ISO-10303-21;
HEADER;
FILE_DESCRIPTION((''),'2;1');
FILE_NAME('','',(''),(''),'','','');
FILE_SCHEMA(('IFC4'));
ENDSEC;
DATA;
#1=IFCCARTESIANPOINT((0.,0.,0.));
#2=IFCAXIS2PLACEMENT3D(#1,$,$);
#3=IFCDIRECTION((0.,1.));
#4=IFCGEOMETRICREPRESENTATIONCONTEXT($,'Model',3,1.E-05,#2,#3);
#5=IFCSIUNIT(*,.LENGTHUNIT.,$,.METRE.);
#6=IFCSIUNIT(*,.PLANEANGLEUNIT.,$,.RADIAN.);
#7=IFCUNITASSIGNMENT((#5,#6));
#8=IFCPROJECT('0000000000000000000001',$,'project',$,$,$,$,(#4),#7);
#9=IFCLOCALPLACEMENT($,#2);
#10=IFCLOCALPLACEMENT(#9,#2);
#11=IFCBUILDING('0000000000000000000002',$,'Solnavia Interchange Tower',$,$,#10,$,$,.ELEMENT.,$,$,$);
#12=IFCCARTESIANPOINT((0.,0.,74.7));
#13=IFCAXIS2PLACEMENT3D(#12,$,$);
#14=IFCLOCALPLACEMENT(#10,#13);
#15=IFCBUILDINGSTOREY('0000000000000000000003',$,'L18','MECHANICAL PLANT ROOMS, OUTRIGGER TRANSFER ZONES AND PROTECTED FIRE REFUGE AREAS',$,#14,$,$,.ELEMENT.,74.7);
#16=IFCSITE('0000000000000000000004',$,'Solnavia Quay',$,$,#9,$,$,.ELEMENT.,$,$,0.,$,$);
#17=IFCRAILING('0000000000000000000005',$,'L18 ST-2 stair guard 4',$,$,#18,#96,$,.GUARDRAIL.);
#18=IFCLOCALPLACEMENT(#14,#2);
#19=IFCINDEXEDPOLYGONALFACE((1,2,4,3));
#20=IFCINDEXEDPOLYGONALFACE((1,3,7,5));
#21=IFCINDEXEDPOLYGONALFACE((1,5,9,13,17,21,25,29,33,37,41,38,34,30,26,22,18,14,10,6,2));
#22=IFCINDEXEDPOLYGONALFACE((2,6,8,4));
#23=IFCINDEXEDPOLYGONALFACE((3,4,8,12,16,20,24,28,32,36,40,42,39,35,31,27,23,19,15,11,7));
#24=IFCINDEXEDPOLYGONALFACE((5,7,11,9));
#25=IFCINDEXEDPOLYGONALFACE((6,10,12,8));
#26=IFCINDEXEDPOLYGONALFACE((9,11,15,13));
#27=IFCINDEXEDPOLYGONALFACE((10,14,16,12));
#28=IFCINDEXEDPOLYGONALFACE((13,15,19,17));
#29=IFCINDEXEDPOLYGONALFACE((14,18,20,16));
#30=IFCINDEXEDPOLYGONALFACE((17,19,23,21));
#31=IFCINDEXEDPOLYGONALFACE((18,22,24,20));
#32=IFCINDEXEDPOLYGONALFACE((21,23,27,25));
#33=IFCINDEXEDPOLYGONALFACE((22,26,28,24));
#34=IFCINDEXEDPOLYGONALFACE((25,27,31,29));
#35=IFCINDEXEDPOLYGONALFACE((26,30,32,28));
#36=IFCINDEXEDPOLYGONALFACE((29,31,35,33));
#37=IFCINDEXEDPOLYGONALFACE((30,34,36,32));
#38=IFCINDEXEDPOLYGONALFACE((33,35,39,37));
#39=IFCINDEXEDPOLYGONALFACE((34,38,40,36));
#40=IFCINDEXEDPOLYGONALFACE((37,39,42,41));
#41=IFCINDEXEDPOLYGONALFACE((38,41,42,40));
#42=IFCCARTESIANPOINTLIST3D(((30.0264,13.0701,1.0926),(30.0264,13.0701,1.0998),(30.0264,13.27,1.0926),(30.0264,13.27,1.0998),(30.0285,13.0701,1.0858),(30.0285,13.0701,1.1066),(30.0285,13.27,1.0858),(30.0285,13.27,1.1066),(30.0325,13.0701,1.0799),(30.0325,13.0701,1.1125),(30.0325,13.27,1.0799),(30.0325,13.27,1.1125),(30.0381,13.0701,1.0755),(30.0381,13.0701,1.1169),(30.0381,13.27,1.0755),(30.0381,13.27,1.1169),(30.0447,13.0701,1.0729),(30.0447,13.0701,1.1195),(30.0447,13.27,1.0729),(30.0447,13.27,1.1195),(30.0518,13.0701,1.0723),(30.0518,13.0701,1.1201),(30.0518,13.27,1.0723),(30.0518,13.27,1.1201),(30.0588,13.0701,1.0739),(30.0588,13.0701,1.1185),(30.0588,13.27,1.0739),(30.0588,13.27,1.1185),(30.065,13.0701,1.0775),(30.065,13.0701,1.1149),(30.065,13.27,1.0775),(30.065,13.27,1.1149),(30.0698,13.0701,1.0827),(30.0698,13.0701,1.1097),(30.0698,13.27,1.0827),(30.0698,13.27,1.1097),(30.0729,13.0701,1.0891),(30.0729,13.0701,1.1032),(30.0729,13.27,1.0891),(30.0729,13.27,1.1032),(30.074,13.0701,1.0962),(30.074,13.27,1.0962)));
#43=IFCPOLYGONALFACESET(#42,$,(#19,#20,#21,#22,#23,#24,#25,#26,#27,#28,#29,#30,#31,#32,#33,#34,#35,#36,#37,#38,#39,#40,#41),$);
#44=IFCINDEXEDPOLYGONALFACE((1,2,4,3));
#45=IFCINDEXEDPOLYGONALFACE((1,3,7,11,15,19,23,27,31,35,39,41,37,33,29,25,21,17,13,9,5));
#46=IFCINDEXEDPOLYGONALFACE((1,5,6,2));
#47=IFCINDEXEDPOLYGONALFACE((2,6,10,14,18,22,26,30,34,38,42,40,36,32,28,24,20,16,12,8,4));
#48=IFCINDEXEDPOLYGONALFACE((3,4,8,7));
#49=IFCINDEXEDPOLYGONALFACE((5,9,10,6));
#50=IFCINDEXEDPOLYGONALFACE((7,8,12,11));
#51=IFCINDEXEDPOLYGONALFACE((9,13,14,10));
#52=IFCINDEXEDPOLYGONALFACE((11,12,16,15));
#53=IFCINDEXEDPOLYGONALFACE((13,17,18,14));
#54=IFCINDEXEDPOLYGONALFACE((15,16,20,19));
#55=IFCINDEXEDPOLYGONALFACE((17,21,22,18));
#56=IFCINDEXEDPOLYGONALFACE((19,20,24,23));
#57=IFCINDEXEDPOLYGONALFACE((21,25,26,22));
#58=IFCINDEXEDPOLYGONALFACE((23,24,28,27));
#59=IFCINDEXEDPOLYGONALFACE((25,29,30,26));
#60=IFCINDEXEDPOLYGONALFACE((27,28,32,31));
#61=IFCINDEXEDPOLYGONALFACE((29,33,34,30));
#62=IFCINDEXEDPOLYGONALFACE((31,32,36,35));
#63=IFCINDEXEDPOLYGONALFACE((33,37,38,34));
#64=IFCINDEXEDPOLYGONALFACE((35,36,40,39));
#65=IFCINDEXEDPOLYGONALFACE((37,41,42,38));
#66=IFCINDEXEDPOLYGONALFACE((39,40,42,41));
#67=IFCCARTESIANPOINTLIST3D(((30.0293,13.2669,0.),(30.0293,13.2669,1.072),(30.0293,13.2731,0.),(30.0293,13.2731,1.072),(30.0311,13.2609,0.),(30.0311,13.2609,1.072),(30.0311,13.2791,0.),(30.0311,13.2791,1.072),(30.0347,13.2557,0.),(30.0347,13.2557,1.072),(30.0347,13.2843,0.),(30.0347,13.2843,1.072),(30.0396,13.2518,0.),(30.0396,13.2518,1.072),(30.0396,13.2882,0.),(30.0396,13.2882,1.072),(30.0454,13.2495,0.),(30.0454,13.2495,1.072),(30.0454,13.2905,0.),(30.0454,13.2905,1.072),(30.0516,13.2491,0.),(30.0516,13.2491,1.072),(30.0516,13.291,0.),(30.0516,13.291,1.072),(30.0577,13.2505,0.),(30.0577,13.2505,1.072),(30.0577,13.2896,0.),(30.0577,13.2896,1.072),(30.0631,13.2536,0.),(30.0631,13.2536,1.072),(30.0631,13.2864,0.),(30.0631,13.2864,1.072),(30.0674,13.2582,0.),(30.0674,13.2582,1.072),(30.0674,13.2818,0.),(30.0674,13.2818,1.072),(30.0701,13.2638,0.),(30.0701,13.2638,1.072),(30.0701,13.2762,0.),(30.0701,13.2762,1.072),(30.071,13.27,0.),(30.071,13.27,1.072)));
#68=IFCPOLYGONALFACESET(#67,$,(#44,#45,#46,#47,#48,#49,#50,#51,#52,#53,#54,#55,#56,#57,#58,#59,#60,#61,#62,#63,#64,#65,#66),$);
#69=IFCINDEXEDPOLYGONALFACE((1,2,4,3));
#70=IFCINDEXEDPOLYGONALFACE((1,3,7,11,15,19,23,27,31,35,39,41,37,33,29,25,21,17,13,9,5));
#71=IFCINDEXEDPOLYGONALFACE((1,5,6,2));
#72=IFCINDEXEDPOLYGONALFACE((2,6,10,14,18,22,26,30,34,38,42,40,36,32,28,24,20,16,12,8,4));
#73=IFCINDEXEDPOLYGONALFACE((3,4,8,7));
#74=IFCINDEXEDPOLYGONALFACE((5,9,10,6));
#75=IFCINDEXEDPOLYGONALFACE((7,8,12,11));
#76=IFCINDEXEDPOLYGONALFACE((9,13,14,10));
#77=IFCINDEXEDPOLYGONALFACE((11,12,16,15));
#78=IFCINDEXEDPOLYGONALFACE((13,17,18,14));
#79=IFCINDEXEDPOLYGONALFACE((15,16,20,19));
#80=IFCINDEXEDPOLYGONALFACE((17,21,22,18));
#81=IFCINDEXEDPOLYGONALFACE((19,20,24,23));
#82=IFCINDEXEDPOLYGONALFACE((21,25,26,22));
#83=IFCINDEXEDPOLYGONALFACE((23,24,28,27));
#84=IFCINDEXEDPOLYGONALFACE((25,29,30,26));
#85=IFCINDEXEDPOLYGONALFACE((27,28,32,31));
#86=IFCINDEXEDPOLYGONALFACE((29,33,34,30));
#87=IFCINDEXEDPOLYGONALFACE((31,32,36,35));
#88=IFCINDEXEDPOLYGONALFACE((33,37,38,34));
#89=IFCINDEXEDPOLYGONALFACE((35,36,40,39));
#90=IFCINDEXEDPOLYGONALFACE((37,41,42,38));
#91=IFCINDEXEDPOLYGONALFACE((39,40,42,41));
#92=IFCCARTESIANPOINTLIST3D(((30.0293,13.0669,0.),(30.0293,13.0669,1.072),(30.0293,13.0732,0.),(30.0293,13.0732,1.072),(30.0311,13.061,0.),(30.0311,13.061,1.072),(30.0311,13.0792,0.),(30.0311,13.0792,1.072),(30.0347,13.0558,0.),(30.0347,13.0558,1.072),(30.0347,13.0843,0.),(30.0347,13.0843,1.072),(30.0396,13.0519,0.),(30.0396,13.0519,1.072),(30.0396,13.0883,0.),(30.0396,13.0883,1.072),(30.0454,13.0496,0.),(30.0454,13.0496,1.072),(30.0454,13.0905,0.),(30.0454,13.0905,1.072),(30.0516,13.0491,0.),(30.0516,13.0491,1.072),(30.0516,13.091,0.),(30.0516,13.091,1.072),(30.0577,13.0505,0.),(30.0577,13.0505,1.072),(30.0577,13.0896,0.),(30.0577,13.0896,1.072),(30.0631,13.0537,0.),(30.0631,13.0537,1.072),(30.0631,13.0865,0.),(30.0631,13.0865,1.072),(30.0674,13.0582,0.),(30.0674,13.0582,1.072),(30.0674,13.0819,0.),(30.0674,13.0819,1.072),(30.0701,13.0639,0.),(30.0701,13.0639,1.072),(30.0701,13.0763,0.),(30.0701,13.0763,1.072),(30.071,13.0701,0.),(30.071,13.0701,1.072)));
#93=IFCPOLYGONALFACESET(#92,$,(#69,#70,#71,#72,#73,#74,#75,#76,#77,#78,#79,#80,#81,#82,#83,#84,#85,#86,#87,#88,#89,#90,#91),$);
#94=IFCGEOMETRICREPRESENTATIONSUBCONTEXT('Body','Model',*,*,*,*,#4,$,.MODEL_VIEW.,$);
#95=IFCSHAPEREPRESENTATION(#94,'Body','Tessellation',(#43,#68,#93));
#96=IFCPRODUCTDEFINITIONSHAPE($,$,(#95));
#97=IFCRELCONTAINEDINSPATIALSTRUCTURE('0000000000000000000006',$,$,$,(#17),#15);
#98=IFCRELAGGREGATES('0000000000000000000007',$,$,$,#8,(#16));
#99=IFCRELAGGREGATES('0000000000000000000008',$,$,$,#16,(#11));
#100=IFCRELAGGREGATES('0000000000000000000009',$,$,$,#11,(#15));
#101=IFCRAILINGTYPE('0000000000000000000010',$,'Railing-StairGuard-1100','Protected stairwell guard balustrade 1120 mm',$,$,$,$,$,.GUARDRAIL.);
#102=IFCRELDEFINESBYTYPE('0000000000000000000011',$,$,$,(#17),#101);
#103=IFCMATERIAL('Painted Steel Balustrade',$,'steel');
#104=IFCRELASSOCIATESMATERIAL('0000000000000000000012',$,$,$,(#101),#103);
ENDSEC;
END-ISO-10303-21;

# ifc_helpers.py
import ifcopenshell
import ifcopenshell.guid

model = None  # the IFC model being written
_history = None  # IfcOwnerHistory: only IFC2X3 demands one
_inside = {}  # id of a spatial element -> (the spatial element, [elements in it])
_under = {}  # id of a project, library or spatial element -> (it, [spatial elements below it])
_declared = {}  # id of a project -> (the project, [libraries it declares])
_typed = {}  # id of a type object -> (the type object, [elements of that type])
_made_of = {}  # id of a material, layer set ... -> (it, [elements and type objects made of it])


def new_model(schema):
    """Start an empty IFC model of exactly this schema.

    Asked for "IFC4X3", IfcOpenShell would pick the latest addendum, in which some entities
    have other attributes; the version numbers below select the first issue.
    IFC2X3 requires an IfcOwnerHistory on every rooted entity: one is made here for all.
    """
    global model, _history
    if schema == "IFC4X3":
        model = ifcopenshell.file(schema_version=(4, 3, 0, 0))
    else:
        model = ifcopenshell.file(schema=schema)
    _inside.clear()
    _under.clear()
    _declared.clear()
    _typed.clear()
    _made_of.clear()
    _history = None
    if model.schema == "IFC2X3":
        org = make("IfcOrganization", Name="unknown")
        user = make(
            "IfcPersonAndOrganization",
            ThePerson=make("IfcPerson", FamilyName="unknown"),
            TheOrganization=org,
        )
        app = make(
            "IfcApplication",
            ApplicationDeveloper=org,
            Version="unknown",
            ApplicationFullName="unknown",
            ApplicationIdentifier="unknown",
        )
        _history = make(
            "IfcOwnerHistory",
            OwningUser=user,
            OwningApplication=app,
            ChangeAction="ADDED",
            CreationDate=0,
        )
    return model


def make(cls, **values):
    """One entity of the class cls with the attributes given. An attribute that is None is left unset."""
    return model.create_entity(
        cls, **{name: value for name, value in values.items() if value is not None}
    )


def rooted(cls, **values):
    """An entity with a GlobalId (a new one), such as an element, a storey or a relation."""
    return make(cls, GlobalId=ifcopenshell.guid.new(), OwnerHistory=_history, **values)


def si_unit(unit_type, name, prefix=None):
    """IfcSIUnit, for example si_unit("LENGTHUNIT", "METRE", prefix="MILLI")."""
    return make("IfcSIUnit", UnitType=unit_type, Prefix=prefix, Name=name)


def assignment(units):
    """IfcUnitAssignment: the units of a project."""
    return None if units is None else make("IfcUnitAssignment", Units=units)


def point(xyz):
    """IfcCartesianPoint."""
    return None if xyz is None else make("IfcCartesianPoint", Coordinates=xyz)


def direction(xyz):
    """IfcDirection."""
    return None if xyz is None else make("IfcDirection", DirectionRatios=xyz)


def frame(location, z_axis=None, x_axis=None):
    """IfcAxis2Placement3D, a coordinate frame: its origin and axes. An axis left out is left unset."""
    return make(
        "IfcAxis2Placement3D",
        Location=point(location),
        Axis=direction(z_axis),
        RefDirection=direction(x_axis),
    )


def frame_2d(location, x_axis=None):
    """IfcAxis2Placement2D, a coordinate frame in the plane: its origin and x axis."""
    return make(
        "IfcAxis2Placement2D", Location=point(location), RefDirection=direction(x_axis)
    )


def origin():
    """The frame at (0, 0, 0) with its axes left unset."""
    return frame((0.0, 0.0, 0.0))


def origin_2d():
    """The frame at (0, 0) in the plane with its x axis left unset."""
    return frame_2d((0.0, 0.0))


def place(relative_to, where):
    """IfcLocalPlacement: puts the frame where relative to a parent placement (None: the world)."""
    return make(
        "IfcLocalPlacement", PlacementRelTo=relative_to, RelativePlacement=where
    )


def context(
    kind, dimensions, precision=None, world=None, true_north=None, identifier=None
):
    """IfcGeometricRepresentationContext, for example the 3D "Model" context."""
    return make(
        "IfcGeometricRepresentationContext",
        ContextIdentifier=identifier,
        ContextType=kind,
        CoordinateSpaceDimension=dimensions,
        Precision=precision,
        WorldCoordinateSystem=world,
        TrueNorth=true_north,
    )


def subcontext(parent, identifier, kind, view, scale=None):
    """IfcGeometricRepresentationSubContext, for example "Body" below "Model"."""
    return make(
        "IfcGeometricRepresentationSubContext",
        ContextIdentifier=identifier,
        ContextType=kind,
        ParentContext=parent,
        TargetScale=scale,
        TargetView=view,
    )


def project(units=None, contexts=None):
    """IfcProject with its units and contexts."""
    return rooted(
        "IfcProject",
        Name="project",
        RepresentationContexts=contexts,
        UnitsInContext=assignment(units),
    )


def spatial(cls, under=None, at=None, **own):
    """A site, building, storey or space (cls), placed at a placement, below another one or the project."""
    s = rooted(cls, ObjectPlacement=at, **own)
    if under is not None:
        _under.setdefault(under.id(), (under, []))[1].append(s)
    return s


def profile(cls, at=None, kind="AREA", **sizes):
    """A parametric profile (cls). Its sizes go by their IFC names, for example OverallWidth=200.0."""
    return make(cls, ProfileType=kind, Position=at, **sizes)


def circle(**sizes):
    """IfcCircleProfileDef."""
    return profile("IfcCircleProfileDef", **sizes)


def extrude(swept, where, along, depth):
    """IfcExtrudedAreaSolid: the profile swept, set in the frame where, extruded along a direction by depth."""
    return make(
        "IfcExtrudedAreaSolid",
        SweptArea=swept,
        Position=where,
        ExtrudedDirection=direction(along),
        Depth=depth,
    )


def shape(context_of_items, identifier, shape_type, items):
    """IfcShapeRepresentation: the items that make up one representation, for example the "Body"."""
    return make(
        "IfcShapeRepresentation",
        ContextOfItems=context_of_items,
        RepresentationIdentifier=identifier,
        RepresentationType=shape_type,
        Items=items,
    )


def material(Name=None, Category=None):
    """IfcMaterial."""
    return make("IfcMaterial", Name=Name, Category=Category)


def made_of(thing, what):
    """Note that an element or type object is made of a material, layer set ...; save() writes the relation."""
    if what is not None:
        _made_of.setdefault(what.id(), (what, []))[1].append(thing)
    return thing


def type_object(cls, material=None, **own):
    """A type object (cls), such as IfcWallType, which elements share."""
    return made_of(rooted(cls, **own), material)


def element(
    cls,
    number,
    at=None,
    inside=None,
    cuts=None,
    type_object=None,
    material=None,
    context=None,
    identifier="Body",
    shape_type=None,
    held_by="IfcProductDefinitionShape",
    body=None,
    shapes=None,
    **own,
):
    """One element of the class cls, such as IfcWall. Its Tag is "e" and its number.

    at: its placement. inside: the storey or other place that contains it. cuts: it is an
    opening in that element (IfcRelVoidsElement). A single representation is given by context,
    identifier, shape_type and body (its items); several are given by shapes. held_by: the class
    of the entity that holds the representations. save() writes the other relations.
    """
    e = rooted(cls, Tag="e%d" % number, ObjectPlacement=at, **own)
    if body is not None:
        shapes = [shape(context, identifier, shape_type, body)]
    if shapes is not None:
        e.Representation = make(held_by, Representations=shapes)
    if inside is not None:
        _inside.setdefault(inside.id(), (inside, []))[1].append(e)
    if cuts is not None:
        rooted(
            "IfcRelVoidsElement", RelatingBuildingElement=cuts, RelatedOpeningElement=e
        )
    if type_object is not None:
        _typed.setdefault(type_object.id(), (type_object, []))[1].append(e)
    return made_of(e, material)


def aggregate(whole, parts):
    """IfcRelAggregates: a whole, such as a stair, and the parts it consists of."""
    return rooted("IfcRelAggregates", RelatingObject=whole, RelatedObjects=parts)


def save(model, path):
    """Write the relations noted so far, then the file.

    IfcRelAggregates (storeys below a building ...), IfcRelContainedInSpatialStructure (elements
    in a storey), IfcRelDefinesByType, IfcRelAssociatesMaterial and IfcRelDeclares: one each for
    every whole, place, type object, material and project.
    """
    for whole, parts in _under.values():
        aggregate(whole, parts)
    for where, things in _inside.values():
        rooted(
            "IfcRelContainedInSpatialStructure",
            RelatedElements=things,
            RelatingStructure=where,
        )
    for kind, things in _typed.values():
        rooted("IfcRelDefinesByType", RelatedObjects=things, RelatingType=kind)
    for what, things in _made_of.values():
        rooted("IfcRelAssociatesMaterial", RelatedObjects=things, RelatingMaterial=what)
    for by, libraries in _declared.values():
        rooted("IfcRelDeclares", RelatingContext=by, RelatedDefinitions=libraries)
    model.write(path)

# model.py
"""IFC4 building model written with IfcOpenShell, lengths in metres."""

from ifc_helpers import new_model, si_unit, direction, frame, origin, origin_2d, place, context, subcontext, project, spatial, circle, extrude, material, type_object, element, save


model = new_model("IFC4")

# Units and contexts
model_context = context("Model", 3, precision=1e-05, world=origin(), true_north=direction((0.0, 1.0)))
body_context = subcontext(model_context, "Body", "Model", "MODEL_VIEW")
ifc_project = project(units=[si_unit("LENGTHUNIT", "METRE"), si_unit("PLANEANGLEUNIT", "RADIAN")], contexts=[model_context])

# Site, building, storey
site_placement = place(None, origin())
site = spatial("IfcSite", under=ifc_project, at=site_placement, Name="Solnavia Quay", CompositionType="ELEMENT", RefElevation=0.0)
building_placement = place(site_placement, origin())
building = spatial("IfcBuilding", under=site, at=building_placement, Name="Solnavia Interchange Tower", CompositionType="ELEMENT")
storey_placement = place(building_placement, frame((0.0, 0.0, 74.7)))
storey = spatial("IfcBuildingStorey", under=building, at=storey_placement, Name="L18", Description="MECHANICAL PLANT ROOMS, OUTRIGGER TRANSFER ZONES AND PROTECTED FIRE REFUGE AREAS", CompositionType="ELEMENT", Elevation=74.7)

# Railing
ifc_material_1 = material(Name="Painted Steel Balustrade", Category="steel")
railing_type = type_object("IfcRailingType", Name="Railing-StairGuard-1100", Description="Protected stairwell guard balustrade 1120 mm", PredefinedType="GUARDRAIL", material=ifc_material_1)
railing_1_placement = place(storey_placement, frame((30.05, 13.27, 0.0)))
element("IfcRailing", 1, at=railing_1_placement, inside=storey, type_object=railing_type, Name="L18 ST-2 stair guard 4", PredefinedType="GUARDRAIL", context=body_context, shape_type="SweptSolid", body=[
    extrude(circle(Radius=0.0239, at=origin_2d()), frame((0.0, 0.0, 1.0962), z_axis=(0.0, -1.0, 0.0), x_axis=(1.0, 0.0, 0.0)), (0.0, 0.0, 1.0), 0.2),
    extrude(circle(Radius=0.021, at=origin_2d()), origin(), (0.0, 0.0, 1.0), 1.072),
    extrude(circle(Radius=0.021, at=origin_2d()), frame((0.0, -0.2, 0.0)), (0.0, 0.0, 1.0), 1.072),
])

save(model, "model.ifc")
